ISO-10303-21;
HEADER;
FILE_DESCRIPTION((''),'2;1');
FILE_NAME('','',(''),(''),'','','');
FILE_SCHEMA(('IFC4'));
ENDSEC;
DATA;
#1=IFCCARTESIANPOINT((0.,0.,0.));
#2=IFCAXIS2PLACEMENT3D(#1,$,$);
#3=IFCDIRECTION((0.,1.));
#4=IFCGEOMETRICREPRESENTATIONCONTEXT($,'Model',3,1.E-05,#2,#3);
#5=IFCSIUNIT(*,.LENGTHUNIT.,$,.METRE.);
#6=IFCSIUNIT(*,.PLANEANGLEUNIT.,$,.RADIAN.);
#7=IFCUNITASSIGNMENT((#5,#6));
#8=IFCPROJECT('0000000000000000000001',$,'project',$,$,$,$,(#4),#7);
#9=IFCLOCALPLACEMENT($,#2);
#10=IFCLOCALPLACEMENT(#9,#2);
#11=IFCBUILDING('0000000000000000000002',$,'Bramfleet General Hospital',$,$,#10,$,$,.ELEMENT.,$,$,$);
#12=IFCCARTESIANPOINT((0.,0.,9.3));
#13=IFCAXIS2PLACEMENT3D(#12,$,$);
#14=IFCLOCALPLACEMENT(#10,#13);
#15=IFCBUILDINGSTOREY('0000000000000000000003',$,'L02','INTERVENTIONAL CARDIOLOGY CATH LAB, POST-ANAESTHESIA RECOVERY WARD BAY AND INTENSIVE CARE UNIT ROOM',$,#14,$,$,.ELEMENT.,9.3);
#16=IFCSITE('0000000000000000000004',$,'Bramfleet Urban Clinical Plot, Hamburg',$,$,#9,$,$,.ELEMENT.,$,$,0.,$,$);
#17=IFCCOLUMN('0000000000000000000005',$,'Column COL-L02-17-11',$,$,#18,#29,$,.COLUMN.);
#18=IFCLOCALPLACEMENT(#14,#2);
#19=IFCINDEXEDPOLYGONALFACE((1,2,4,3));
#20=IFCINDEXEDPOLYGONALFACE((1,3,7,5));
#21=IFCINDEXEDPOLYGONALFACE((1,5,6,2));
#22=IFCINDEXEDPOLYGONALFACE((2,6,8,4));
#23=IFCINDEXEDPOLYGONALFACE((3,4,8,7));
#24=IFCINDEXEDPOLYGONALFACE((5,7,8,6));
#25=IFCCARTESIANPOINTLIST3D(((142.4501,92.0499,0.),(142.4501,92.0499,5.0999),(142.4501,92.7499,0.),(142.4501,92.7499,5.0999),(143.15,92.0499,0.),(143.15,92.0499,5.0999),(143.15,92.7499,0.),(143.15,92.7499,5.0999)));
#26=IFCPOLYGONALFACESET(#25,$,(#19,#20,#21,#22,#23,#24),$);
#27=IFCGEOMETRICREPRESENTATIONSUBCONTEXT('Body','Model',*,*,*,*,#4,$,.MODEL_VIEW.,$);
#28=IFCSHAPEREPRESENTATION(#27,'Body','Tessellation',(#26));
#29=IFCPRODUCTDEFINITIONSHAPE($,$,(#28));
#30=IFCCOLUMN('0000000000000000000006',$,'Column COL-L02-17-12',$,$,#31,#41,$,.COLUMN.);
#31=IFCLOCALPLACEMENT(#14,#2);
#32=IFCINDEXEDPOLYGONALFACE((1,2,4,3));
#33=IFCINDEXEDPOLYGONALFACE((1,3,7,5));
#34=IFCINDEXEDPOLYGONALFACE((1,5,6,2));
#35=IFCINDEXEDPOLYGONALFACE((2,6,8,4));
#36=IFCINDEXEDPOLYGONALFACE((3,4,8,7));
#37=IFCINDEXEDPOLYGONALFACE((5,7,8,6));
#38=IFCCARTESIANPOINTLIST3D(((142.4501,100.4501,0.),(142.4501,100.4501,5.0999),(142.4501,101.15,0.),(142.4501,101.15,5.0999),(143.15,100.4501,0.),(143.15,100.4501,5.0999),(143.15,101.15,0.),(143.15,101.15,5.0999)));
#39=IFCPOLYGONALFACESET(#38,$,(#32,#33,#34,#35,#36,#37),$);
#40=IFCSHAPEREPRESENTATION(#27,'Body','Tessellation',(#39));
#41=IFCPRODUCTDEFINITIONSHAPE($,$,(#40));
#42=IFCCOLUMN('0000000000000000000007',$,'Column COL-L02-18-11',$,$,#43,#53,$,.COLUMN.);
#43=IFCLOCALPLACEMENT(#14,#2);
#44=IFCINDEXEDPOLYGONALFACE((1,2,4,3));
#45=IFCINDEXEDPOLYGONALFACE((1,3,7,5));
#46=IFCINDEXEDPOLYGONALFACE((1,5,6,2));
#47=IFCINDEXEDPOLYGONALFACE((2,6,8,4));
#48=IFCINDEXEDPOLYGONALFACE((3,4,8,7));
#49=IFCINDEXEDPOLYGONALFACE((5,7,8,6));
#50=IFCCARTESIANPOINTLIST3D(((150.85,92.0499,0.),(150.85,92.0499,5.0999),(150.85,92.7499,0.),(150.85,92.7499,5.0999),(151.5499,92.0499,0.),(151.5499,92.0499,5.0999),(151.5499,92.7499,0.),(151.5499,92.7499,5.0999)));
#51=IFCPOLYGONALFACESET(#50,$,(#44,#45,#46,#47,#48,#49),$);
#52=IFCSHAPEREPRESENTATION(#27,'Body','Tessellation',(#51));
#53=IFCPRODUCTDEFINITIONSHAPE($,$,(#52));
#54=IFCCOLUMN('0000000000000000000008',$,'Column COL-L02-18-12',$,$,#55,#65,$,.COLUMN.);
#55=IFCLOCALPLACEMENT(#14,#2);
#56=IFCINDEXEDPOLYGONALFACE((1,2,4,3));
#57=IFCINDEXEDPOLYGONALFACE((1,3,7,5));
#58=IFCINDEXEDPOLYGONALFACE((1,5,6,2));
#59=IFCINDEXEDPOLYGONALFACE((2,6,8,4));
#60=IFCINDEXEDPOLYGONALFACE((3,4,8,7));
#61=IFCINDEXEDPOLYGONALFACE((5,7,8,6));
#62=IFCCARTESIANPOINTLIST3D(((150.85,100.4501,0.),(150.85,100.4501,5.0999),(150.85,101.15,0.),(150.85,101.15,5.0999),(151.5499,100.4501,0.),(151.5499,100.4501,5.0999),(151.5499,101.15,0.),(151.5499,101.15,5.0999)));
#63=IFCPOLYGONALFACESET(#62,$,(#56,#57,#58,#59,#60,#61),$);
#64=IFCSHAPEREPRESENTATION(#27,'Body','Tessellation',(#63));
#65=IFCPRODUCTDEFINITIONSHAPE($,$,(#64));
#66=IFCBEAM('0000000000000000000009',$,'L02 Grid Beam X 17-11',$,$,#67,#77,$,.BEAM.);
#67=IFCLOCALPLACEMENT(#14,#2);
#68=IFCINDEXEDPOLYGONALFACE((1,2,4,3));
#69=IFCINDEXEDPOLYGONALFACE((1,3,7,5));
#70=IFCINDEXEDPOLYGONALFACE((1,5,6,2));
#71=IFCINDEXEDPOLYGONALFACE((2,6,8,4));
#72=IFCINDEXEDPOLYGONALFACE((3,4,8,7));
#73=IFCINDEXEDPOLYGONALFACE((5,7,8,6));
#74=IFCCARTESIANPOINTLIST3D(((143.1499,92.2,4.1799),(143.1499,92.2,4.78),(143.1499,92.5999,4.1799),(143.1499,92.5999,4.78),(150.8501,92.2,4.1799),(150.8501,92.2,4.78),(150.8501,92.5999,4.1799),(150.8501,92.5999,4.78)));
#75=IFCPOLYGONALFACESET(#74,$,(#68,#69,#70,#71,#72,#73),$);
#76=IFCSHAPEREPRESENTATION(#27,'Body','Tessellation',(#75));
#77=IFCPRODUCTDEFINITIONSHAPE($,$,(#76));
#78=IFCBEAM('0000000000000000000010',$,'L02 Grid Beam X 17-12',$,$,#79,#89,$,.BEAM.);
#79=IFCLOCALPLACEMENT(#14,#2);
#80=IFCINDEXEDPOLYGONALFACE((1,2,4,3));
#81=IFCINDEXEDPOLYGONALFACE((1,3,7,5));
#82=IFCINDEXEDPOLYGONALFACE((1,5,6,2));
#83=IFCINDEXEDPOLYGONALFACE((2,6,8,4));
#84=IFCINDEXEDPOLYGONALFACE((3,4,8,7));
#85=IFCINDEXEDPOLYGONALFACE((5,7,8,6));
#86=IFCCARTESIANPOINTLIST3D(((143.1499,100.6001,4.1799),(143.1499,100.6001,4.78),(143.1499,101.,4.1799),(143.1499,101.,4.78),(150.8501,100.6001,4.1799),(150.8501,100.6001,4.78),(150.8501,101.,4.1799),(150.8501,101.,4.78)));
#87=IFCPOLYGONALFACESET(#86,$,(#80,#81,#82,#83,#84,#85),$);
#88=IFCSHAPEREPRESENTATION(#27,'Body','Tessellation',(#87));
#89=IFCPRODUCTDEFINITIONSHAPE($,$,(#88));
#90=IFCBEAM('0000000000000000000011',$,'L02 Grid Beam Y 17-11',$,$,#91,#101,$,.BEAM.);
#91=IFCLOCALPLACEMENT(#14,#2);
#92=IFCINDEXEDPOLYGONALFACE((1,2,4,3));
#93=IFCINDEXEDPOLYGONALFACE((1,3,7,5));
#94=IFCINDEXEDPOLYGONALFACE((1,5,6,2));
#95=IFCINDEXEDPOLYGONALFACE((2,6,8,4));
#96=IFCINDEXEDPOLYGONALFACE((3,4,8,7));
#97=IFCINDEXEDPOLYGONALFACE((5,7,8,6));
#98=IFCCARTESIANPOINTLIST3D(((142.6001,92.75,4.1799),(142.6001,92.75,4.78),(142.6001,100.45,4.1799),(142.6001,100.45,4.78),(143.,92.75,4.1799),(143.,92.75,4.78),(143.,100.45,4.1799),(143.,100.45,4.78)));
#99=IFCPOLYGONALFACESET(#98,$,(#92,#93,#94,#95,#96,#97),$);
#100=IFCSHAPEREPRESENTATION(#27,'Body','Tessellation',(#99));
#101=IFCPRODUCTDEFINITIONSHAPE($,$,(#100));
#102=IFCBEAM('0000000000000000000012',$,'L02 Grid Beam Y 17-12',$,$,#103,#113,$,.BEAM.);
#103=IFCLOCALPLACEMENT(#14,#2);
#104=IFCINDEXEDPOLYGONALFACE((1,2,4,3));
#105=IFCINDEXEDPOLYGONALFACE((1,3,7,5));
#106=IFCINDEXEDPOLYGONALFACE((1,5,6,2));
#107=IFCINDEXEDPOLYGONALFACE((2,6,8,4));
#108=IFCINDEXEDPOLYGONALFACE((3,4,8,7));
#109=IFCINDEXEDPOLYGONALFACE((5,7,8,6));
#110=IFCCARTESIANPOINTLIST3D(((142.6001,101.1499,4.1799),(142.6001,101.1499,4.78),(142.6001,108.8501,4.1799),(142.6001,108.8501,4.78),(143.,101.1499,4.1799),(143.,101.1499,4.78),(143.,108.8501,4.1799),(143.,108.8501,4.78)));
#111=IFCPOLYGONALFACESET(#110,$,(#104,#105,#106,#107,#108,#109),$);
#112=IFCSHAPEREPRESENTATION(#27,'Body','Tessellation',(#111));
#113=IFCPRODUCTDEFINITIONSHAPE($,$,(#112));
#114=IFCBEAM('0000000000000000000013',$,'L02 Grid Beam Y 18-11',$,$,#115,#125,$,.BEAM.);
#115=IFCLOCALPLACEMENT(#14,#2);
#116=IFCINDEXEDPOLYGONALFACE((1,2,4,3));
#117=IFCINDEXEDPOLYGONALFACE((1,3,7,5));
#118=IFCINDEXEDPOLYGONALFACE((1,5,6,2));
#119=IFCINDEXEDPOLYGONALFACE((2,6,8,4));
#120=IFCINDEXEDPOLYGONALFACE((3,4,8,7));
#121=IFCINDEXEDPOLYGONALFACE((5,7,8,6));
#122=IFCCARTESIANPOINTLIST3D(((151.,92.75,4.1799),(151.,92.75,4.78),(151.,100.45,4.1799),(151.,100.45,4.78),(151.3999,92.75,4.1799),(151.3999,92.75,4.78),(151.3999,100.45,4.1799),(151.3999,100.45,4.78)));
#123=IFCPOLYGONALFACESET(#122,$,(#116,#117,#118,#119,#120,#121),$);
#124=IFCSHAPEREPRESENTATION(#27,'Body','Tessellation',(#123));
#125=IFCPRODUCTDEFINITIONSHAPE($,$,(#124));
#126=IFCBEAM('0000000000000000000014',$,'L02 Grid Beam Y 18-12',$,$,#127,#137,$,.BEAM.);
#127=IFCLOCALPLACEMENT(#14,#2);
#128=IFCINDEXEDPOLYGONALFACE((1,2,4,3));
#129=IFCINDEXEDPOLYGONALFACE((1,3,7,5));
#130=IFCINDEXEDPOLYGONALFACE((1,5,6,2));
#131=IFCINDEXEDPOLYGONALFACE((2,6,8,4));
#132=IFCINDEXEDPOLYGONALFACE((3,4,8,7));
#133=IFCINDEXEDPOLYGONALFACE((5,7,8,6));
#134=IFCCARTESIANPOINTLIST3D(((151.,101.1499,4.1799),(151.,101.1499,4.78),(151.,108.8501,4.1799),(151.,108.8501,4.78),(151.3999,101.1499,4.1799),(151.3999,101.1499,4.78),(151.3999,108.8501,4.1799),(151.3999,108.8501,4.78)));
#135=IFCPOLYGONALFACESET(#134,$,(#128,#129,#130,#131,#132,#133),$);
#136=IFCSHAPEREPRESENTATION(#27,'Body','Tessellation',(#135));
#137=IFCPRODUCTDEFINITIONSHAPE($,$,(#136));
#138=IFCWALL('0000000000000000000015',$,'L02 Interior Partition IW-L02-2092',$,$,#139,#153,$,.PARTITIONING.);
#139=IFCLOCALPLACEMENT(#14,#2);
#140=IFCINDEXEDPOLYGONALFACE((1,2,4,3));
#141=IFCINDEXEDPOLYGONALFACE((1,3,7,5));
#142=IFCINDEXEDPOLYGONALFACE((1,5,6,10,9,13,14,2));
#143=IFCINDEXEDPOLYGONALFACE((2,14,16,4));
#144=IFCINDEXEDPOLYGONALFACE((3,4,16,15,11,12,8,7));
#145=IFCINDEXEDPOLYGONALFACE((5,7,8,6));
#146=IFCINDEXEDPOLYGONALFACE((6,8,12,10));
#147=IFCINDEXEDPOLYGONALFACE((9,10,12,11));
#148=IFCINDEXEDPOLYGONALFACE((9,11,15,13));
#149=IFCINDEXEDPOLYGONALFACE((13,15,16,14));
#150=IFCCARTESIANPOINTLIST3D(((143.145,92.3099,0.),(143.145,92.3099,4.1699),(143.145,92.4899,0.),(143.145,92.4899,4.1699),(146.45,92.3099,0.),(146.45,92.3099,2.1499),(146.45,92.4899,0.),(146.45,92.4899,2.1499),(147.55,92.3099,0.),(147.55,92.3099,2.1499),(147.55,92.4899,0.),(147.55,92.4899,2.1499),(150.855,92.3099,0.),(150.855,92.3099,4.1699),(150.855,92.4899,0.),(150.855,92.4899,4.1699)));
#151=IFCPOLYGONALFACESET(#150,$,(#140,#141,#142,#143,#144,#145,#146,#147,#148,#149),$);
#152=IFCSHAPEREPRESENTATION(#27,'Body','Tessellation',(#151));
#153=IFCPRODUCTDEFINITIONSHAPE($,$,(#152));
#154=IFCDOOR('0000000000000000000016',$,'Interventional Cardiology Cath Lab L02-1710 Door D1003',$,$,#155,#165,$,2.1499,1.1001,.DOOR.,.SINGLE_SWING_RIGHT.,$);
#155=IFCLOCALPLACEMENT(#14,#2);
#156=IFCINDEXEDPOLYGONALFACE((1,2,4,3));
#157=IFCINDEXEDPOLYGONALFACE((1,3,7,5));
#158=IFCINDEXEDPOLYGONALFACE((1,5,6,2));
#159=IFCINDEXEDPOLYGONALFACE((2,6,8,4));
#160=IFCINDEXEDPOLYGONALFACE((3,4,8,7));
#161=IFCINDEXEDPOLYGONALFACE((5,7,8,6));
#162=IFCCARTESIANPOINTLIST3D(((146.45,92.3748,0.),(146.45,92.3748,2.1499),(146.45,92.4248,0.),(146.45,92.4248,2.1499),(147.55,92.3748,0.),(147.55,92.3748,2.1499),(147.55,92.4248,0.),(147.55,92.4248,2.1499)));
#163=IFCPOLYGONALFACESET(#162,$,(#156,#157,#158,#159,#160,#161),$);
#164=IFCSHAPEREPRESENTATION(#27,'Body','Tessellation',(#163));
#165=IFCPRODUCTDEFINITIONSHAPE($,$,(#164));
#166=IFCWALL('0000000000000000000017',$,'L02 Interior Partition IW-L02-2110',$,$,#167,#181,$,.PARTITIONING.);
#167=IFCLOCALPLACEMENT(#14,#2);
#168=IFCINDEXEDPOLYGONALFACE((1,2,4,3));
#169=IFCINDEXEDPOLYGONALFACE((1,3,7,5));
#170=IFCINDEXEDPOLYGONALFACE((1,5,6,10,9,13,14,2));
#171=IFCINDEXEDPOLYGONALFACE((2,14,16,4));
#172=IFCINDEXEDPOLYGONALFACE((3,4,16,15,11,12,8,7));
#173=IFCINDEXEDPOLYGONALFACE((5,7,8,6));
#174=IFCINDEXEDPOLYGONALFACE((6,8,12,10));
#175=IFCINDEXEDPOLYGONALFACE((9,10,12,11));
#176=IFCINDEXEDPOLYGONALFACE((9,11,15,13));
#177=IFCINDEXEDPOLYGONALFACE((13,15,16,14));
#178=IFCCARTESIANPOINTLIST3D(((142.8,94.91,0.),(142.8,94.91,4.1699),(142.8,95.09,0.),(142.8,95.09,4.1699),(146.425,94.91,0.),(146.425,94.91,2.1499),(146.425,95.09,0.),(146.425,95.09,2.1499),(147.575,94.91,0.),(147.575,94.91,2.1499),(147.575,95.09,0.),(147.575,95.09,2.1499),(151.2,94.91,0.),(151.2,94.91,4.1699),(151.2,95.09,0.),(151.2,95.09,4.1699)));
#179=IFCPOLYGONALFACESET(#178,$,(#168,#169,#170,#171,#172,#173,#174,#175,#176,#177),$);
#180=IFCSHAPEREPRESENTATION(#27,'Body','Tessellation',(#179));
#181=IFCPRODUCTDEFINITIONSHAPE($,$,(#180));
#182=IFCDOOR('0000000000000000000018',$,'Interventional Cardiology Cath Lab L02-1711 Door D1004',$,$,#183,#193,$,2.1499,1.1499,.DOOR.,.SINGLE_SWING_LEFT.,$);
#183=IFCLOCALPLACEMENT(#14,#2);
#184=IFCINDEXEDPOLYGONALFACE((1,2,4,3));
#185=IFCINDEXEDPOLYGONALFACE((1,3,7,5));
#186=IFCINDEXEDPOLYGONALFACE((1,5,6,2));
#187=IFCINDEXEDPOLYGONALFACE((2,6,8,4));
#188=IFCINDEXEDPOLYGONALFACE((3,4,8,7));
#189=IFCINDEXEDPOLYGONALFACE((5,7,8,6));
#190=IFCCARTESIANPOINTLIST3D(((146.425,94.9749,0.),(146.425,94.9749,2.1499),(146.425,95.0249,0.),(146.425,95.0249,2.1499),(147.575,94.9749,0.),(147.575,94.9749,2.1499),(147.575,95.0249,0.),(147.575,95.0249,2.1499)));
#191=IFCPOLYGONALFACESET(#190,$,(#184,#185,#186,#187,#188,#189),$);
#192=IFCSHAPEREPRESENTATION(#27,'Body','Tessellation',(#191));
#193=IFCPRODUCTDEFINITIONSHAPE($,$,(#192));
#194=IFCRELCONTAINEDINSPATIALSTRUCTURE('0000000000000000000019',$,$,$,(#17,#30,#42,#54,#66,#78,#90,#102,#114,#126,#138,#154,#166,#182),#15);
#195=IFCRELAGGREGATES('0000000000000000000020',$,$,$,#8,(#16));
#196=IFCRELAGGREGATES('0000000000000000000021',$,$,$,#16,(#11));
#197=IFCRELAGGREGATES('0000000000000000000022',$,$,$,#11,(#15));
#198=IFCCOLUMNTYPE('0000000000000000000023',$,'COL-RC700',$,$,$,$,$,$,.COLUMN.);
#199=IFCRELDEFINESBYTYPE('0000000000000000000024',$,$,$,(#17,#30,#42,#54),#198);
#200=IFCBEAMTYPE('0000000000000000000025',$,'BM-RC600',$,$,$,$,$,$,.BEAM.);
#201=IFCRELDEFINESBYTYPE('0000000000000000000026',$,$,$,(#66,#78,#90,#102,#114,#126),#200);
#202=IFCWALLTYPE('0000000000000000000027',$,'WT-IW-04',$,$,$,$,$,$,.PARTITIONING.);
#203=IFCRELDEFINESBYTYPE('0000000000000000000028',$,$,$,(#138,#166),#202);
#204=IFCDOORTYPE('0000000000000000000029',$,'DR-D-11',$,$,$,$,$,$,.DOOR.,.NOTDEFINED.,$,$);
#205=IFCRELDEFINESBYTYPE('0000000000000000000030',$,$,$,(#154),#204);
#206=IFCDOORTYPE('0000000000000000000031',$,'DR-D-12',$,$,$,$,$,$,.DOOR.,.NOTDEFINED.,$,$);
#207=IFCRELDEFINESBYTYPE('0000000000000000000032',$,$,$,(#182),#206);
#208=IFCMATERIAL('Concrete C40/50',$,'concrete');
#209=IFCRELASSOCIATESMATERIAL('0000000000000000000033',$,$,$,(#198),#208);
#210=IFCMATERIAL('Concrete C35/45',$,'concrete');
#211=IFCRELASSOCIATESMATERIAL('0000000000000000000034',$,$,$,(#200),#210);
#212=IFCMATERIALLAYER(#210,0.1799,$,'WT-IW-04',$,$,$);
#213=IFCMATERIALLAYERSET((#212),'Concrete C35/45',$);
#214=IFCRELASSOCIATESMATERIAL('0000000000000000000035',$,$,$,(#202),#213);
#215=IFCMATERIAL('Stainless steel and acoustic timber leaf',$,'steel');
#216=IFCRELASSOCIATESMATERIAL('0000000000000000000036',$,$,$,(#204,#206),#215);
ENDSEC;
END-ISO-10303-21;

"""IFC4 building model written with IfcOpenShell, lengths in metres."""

from ifc_helpers import new_model, si_unit, direction, frame, frame_2d, origin, origin_2d, place, context, subcontext, project, spatial, rectangle, extrude, material, layer, layer_set, material_profile, profile_set, type_object, element, fill, save


model = new_model("IFC4")

# Units and contexts
model_context = context("Model", 3, precision=1e-05, world=origin(), true_north=direction((0.0, 1.0)))
body_context = subcontext(model_context, "Body", "Model", "MODEL_VIEW")
ifc_project = project(units=[si_unit("LENGTHUNIT", "METRE"), si_unit("PLANEANGLEUNIT", "RADIAN")], contexts=[model_context])

# Site, building, storey
site_placement = place(None, origin())
site = spatial("IfcSite", under=ifc_project, at=site_placement, Name="Bramfleet Urban Clinical Plot, Hamburg", CompositionType="ELEMENT", RefElevation=0.0)
building_placement = place(site_placement, origin())
building = spatial("IfcBuilding", under=site, at=building_placement, Name="Bramfleet General Hospital", CompositionType="ELEMENT")
storey_placement = place(building_placement, frame((0.0, 0.0, 9.3)))
storey = spatial("IfcBuildingStorey", under=building, at=storey_placement, Name="L02", Description="INTERVENTIONAL CARDIOLOGY CATH LAB, POST-ANAESTHESIA RECOVERY WARD BAY AND INTENSIVE CARE UNIT ROOM", CompositionType="ELEMENT", Elevation=9.3)

# Columns
ifc_material_1 = material(Name="Concrete C40/50", Category="concrete")
ifc_material_profile_1 = material_profile(ifc_material_1, rectangle(XDim=0.7, YDim=0.7, at=origin_2d()), Name="RC COL 700x700")
ifc_profile_set_1 = profile_set([ifc_material_profile_1], Name="Concrete C40/50")
column_type = type_object("IfcColumnType", Name="COL-RC700", PredefinedType="COLUMN", material=ifc_profile_set_1)
for number, where, z_axis, x_axis, name in (
    (1, (142.8, 92.3999, 0.0), (0.0, 0.0, 1.0), (1.0, 0.0, 0.0), "Column COL-L02-17-11"),
    (2, (142.8, 100.8, 0.0), (0.0, 0.0, 1.0), (1.0, 0.0, 0.0), "Column COL-L02-17-12"),
    (3, (151.2, 92.3999, 0.0), (0.0, 0.0, 1.0), (1.0, 0.0, 0.0), "Column COL-L02-18-11"),
    (4, (151.2, 100.8, 0.0), (0.0, 0.0, 1.0), (1.0, 0.0, 0.0), "Column COL-L02-18-12"),
):
    element("IfcColumn", number, at=place(storey_placement, frame(where, z_axis=z_axis, x_axis=x_axis)), inside=storey, type_object=column_type, Name=name, PredefinedType="COLUMN", context=body_context, shape_type="SweptSolid", body=[
        extrude(rectangle(XDim=0.7, YDim=0.7, at=origin_2d()), origin(), (0.0, 0.0, 1.0), 5.0999),
    ])

# Beams
ifc_material_2 = material(Name="Concrete C35/45", Category="concrete")
ifc_material_profile_2 = material_profile(ifc_material_2, rectangle(XDim=0.3999, YDim=0.6001, at=origin_2d()), Name="RC BM 600x400")
ifc_profile_set_2 = profile_set([ifc_material_profile_2], Name="Concrete C35/45")
beam_type = type_object("IfcBeamType", Name="BM-RC600", PredefinedType="BEAM", material=ifc_profile_set_2)
for number, where, z_axis, x_axis, name in (
    (5, (143.1499, 92.3999, 4.48), (1.0, 0.0, 0.0), (0.0, 1.0, 0.0), "L02 Grid Beam X 17-11"),
    (6, (143.1499, 100.8, 4.48), (1.0, 0.0, 0.0), (0.0, 1.0, 0.0), "L02 Grid Beam X 17-12"),
):
    element("IfcBeam", number, at=place(storey_placement, frame(where, z_axis=z_axis, x_axis=x_axis)), inside=storey, type_object=beam_type, Name=name, PredefinedType="BEAM", context=body_context, shape_type="SweptSolid", body=[
        extrude(rectangle(XDim=0.3999, YDim=0.6001, at=origin_2d()), origin(), (0.0, 0.0, 1.0), 7.7002),
    ])
beam_1_placement = place(storey_placement, frame((142.8, 92.75, 4.48), z_axis=(0.0, 1.0, 0.0), x_axis=(-1.0, 0.0, 0.0)))
element("IfcBeam", 7, at=beam_1_placement, inside=storey, type_object=beam_type, Name="L02 Grid Beam Y 17-11", PredefinedType="BEAM", context=body_context, shape_type="SweptSolid", body=[
    extrude(rectangle(XDim=0.3999, YDim=0.6001, at=origin_2d()), origin(), (0.0, 0.0, 1.0), 7.7),
])
beam_2_placement = place(storey_placement, frame((142.8, 101.1499, 4.48), z_axis=(0.0, 1.0, 0.0), x_axis=(-1.0, 0.0, 0.0)))
element("IfcBeam", 8, at=beam_2_placement, inside=storey, type_object=beam_type, Name="L02 Grid Beam Y 17-12", PredefinedType="BEAM", context=body_context, shape_type="SweptSolid", body=[
    extrude(rectangle(XDim=0.3999, YDim=0.6001, at=origin_2d()), origin(), (0.0, 0.0, 1.0), 7.7002),
])
beam_3_placement = place(storey_placement, frame((151.2, 92.75, 4.48), z_axis=(0.0, 1.0, 0.0), x_axis=(-1.0, 0.0, 0.0)))
element("IfcBeam", 9, at=beam_3_placement, inside=storey, type_object=beam_type, Name="L02 Grid Beam Y 18-11", PredefinedType="BEAM", context=body_context, shape_type="SweptSolid", body=[
    extrude(rectangle(XDim=0.3999, YDim=0.6001, at=origin_2d()), origin(), (0.0, 0.0, 1.0), 7.7),
])
beam_4_placement = place(storey_placement, frame((151.2, 101.1499, 4.48), z_axis=(0.0, 1.0, 0.0), x_axis=(-1.0, 0.0, 0.0)))
element("IfcBeam", 10, at=beam_4_placement, inside=storey, type_object=beam_type, Name="L02 Grid Beam Y 18-12", PredefinedType="BEAM", context=body_context, shape_type="SweptSolid", body=[
    extrude(rectangle(XDim=0.3999, YDim=0.6001, at=origin_2d()), origin(), (0.0, 0.0, 1.0), 7.7002),
])

# Walls, openings, doors
ifc_layer = layer(ifc_material_2, 0.1799, Name="WT-IW-04")
ifc_layer_set = layer_set([ifc_layer], Name="Concrete C35/45")
wall_type = type_object("IfcWallType", Name="WT-IW-04", PredefinedType="PARTITIONING", material=ifc_layer_set)
wall_1_placement = place(storey_placement, frame((143.145, 92.3999, 0.0), z_axis=(0.0, 0.0, 1.0), x_axis=(1.0, 0.0, 0.0)))
wall_1 = element("IfcWall", 11, at=wall_1_placement, inside=storey, type_object=wall_type, Name="L02 Interior Partition IW-L02-2092", PredefinedType="PARTITIONING", context=body_context, shape_type="SweptSolid", body=[
    extrude(rectangle(XDim=7.71, YDim=0.1799, at=frame_2d((3.855, 0.0))), origin(), (0.0, 0.0, 1.0), 4.1699),
])
opening_1_placement = place(wall_1_placement, frame((3.3049, 0.0, 0.0)))
opening_1 = element("IfcOpeningElement", 12, at=opening_1_placement, cuts=wall_1, PredefinedType="OPENING", context=body_context, shape_type="SweptSolid", body=[
    extrude(rectangle(XDim=1.1001, YDim=2.1499, at=frame_2d((0.55, 1.075))), frame((0.0, 0.0999, 0.0), z_axis=(0.0, -1.0, 0.0), x_axis=(1.0, 0.0, 0.0)), (0.0, 0.0, 1.0), 0.2),
])
ifc_material_3 = material(Name="Stainless steel and acoustic timber leaf", Category="steel")
door_type_1 = type_object("IfcDoorType", Name="DR-D-11", OperationType="NOTDEFINED", PredefinedType="DOOR", material=ifc_material_3)
door_1_placement = place(opening_1_placement, origin())
door_1 = element("IfcDoor", 13, at=door_1_placement, inside=storey, type_object=door_type_1, Name="Interventional Cardiology Cath Lab L02-1710 Door D1003", OperationType="SINGLE_SWING_RIGHT", OverallHeight=2.1499, OverallWidth=1.1001, PredefinedType="DOOR", context=body_context, shape_type="SweptSolid", body=[
    extrude(rectangle(XDim=1.1001, YDim=2.1499, at=frame_2d((0.55, 1.075))), frame((0.0, 0.0249, 0.0), z_axis=(0.0, -1.0, 0.0), x_axis=(1.0, 0.0, 0.0)), (0.0, 0.0, 1.0), 0.05),
])
fill(opening_1, door_1)
wall_2_placement = place(storey_placement, frame((142.8, 95.0, 0.0), z_axis=(0.0, 0.0, 1.0), x_axis=(1.0, 0.0, 0.0)))
wall_2 = element("IfcWall", 14, at=wall_2_placement, inside=storey, type_object=wall_type, Name="L02 Interior Partition IW-L02-2110", PredefinedType="PARTITIONING", context=body_context, shape_type="SweptSolid", body=[
    extrude(rectangle(XDim=8.3999, YDim=0.1799, at=frame_2d((4.2, 0.0))), origin(), (0.0, 0.0, 1.0), 4.1699),
])
opening_2_placement = place(wall_2_placement, frame((3.625, 0.0, 0.0)))
opening_2 = element("IfcOpeningElement", 15, at=opening_2_placement, cuts=wall_2, PredefinedType="OPENING", context=body_context, shape_type="SweptSolid", body=[
    extrude(rectangle(XDim=1.1499, YDim=2.1499, at=frame_2d((0.575, 1.075))), frame((0.0, 0.0999, 0.0), z_axis=(0.0, -1.0, 0.0), x_axis=(1.0, 0.0, 0.0)), (0.0, 0.0, 1.0), 0.2),
])
door_type_2 = type_object("IfcDoorType", Name="DR-D-12", OperationType="NOTDEFINED", PredefinedType="DOOR", material=ifc_material_3)
door_2_placement = place(opening_2_placement, origin())
door_2 = element("IfcDoor", 16, at=door_2_placement, inside=storey, type_object=door_type_2, Name="Interventional Cardiology Cath Lab L02-1711 Door D1004", OperationType="SINGLE_SWING_LEFT", OverallHeight=2.1499, OverallWidth=1.1499, PredefinedType="DOOR", context=body_context, shape_type="SweptSolid", body=[
    extrude(rectangle(XDim=1.1499, YDim=2.1499, at=frame_2d((0.575, 1.075))), frame((0.0, 0.0249, 0.0), z_axis=(0.0, -1.0, 0.0), x_axis=(1.0, 0.0, 0.0)), (0.0, 0.0, 1.0), 0.05),
])
fill(opening_2, door_2)

save(model, "model.ifc")
